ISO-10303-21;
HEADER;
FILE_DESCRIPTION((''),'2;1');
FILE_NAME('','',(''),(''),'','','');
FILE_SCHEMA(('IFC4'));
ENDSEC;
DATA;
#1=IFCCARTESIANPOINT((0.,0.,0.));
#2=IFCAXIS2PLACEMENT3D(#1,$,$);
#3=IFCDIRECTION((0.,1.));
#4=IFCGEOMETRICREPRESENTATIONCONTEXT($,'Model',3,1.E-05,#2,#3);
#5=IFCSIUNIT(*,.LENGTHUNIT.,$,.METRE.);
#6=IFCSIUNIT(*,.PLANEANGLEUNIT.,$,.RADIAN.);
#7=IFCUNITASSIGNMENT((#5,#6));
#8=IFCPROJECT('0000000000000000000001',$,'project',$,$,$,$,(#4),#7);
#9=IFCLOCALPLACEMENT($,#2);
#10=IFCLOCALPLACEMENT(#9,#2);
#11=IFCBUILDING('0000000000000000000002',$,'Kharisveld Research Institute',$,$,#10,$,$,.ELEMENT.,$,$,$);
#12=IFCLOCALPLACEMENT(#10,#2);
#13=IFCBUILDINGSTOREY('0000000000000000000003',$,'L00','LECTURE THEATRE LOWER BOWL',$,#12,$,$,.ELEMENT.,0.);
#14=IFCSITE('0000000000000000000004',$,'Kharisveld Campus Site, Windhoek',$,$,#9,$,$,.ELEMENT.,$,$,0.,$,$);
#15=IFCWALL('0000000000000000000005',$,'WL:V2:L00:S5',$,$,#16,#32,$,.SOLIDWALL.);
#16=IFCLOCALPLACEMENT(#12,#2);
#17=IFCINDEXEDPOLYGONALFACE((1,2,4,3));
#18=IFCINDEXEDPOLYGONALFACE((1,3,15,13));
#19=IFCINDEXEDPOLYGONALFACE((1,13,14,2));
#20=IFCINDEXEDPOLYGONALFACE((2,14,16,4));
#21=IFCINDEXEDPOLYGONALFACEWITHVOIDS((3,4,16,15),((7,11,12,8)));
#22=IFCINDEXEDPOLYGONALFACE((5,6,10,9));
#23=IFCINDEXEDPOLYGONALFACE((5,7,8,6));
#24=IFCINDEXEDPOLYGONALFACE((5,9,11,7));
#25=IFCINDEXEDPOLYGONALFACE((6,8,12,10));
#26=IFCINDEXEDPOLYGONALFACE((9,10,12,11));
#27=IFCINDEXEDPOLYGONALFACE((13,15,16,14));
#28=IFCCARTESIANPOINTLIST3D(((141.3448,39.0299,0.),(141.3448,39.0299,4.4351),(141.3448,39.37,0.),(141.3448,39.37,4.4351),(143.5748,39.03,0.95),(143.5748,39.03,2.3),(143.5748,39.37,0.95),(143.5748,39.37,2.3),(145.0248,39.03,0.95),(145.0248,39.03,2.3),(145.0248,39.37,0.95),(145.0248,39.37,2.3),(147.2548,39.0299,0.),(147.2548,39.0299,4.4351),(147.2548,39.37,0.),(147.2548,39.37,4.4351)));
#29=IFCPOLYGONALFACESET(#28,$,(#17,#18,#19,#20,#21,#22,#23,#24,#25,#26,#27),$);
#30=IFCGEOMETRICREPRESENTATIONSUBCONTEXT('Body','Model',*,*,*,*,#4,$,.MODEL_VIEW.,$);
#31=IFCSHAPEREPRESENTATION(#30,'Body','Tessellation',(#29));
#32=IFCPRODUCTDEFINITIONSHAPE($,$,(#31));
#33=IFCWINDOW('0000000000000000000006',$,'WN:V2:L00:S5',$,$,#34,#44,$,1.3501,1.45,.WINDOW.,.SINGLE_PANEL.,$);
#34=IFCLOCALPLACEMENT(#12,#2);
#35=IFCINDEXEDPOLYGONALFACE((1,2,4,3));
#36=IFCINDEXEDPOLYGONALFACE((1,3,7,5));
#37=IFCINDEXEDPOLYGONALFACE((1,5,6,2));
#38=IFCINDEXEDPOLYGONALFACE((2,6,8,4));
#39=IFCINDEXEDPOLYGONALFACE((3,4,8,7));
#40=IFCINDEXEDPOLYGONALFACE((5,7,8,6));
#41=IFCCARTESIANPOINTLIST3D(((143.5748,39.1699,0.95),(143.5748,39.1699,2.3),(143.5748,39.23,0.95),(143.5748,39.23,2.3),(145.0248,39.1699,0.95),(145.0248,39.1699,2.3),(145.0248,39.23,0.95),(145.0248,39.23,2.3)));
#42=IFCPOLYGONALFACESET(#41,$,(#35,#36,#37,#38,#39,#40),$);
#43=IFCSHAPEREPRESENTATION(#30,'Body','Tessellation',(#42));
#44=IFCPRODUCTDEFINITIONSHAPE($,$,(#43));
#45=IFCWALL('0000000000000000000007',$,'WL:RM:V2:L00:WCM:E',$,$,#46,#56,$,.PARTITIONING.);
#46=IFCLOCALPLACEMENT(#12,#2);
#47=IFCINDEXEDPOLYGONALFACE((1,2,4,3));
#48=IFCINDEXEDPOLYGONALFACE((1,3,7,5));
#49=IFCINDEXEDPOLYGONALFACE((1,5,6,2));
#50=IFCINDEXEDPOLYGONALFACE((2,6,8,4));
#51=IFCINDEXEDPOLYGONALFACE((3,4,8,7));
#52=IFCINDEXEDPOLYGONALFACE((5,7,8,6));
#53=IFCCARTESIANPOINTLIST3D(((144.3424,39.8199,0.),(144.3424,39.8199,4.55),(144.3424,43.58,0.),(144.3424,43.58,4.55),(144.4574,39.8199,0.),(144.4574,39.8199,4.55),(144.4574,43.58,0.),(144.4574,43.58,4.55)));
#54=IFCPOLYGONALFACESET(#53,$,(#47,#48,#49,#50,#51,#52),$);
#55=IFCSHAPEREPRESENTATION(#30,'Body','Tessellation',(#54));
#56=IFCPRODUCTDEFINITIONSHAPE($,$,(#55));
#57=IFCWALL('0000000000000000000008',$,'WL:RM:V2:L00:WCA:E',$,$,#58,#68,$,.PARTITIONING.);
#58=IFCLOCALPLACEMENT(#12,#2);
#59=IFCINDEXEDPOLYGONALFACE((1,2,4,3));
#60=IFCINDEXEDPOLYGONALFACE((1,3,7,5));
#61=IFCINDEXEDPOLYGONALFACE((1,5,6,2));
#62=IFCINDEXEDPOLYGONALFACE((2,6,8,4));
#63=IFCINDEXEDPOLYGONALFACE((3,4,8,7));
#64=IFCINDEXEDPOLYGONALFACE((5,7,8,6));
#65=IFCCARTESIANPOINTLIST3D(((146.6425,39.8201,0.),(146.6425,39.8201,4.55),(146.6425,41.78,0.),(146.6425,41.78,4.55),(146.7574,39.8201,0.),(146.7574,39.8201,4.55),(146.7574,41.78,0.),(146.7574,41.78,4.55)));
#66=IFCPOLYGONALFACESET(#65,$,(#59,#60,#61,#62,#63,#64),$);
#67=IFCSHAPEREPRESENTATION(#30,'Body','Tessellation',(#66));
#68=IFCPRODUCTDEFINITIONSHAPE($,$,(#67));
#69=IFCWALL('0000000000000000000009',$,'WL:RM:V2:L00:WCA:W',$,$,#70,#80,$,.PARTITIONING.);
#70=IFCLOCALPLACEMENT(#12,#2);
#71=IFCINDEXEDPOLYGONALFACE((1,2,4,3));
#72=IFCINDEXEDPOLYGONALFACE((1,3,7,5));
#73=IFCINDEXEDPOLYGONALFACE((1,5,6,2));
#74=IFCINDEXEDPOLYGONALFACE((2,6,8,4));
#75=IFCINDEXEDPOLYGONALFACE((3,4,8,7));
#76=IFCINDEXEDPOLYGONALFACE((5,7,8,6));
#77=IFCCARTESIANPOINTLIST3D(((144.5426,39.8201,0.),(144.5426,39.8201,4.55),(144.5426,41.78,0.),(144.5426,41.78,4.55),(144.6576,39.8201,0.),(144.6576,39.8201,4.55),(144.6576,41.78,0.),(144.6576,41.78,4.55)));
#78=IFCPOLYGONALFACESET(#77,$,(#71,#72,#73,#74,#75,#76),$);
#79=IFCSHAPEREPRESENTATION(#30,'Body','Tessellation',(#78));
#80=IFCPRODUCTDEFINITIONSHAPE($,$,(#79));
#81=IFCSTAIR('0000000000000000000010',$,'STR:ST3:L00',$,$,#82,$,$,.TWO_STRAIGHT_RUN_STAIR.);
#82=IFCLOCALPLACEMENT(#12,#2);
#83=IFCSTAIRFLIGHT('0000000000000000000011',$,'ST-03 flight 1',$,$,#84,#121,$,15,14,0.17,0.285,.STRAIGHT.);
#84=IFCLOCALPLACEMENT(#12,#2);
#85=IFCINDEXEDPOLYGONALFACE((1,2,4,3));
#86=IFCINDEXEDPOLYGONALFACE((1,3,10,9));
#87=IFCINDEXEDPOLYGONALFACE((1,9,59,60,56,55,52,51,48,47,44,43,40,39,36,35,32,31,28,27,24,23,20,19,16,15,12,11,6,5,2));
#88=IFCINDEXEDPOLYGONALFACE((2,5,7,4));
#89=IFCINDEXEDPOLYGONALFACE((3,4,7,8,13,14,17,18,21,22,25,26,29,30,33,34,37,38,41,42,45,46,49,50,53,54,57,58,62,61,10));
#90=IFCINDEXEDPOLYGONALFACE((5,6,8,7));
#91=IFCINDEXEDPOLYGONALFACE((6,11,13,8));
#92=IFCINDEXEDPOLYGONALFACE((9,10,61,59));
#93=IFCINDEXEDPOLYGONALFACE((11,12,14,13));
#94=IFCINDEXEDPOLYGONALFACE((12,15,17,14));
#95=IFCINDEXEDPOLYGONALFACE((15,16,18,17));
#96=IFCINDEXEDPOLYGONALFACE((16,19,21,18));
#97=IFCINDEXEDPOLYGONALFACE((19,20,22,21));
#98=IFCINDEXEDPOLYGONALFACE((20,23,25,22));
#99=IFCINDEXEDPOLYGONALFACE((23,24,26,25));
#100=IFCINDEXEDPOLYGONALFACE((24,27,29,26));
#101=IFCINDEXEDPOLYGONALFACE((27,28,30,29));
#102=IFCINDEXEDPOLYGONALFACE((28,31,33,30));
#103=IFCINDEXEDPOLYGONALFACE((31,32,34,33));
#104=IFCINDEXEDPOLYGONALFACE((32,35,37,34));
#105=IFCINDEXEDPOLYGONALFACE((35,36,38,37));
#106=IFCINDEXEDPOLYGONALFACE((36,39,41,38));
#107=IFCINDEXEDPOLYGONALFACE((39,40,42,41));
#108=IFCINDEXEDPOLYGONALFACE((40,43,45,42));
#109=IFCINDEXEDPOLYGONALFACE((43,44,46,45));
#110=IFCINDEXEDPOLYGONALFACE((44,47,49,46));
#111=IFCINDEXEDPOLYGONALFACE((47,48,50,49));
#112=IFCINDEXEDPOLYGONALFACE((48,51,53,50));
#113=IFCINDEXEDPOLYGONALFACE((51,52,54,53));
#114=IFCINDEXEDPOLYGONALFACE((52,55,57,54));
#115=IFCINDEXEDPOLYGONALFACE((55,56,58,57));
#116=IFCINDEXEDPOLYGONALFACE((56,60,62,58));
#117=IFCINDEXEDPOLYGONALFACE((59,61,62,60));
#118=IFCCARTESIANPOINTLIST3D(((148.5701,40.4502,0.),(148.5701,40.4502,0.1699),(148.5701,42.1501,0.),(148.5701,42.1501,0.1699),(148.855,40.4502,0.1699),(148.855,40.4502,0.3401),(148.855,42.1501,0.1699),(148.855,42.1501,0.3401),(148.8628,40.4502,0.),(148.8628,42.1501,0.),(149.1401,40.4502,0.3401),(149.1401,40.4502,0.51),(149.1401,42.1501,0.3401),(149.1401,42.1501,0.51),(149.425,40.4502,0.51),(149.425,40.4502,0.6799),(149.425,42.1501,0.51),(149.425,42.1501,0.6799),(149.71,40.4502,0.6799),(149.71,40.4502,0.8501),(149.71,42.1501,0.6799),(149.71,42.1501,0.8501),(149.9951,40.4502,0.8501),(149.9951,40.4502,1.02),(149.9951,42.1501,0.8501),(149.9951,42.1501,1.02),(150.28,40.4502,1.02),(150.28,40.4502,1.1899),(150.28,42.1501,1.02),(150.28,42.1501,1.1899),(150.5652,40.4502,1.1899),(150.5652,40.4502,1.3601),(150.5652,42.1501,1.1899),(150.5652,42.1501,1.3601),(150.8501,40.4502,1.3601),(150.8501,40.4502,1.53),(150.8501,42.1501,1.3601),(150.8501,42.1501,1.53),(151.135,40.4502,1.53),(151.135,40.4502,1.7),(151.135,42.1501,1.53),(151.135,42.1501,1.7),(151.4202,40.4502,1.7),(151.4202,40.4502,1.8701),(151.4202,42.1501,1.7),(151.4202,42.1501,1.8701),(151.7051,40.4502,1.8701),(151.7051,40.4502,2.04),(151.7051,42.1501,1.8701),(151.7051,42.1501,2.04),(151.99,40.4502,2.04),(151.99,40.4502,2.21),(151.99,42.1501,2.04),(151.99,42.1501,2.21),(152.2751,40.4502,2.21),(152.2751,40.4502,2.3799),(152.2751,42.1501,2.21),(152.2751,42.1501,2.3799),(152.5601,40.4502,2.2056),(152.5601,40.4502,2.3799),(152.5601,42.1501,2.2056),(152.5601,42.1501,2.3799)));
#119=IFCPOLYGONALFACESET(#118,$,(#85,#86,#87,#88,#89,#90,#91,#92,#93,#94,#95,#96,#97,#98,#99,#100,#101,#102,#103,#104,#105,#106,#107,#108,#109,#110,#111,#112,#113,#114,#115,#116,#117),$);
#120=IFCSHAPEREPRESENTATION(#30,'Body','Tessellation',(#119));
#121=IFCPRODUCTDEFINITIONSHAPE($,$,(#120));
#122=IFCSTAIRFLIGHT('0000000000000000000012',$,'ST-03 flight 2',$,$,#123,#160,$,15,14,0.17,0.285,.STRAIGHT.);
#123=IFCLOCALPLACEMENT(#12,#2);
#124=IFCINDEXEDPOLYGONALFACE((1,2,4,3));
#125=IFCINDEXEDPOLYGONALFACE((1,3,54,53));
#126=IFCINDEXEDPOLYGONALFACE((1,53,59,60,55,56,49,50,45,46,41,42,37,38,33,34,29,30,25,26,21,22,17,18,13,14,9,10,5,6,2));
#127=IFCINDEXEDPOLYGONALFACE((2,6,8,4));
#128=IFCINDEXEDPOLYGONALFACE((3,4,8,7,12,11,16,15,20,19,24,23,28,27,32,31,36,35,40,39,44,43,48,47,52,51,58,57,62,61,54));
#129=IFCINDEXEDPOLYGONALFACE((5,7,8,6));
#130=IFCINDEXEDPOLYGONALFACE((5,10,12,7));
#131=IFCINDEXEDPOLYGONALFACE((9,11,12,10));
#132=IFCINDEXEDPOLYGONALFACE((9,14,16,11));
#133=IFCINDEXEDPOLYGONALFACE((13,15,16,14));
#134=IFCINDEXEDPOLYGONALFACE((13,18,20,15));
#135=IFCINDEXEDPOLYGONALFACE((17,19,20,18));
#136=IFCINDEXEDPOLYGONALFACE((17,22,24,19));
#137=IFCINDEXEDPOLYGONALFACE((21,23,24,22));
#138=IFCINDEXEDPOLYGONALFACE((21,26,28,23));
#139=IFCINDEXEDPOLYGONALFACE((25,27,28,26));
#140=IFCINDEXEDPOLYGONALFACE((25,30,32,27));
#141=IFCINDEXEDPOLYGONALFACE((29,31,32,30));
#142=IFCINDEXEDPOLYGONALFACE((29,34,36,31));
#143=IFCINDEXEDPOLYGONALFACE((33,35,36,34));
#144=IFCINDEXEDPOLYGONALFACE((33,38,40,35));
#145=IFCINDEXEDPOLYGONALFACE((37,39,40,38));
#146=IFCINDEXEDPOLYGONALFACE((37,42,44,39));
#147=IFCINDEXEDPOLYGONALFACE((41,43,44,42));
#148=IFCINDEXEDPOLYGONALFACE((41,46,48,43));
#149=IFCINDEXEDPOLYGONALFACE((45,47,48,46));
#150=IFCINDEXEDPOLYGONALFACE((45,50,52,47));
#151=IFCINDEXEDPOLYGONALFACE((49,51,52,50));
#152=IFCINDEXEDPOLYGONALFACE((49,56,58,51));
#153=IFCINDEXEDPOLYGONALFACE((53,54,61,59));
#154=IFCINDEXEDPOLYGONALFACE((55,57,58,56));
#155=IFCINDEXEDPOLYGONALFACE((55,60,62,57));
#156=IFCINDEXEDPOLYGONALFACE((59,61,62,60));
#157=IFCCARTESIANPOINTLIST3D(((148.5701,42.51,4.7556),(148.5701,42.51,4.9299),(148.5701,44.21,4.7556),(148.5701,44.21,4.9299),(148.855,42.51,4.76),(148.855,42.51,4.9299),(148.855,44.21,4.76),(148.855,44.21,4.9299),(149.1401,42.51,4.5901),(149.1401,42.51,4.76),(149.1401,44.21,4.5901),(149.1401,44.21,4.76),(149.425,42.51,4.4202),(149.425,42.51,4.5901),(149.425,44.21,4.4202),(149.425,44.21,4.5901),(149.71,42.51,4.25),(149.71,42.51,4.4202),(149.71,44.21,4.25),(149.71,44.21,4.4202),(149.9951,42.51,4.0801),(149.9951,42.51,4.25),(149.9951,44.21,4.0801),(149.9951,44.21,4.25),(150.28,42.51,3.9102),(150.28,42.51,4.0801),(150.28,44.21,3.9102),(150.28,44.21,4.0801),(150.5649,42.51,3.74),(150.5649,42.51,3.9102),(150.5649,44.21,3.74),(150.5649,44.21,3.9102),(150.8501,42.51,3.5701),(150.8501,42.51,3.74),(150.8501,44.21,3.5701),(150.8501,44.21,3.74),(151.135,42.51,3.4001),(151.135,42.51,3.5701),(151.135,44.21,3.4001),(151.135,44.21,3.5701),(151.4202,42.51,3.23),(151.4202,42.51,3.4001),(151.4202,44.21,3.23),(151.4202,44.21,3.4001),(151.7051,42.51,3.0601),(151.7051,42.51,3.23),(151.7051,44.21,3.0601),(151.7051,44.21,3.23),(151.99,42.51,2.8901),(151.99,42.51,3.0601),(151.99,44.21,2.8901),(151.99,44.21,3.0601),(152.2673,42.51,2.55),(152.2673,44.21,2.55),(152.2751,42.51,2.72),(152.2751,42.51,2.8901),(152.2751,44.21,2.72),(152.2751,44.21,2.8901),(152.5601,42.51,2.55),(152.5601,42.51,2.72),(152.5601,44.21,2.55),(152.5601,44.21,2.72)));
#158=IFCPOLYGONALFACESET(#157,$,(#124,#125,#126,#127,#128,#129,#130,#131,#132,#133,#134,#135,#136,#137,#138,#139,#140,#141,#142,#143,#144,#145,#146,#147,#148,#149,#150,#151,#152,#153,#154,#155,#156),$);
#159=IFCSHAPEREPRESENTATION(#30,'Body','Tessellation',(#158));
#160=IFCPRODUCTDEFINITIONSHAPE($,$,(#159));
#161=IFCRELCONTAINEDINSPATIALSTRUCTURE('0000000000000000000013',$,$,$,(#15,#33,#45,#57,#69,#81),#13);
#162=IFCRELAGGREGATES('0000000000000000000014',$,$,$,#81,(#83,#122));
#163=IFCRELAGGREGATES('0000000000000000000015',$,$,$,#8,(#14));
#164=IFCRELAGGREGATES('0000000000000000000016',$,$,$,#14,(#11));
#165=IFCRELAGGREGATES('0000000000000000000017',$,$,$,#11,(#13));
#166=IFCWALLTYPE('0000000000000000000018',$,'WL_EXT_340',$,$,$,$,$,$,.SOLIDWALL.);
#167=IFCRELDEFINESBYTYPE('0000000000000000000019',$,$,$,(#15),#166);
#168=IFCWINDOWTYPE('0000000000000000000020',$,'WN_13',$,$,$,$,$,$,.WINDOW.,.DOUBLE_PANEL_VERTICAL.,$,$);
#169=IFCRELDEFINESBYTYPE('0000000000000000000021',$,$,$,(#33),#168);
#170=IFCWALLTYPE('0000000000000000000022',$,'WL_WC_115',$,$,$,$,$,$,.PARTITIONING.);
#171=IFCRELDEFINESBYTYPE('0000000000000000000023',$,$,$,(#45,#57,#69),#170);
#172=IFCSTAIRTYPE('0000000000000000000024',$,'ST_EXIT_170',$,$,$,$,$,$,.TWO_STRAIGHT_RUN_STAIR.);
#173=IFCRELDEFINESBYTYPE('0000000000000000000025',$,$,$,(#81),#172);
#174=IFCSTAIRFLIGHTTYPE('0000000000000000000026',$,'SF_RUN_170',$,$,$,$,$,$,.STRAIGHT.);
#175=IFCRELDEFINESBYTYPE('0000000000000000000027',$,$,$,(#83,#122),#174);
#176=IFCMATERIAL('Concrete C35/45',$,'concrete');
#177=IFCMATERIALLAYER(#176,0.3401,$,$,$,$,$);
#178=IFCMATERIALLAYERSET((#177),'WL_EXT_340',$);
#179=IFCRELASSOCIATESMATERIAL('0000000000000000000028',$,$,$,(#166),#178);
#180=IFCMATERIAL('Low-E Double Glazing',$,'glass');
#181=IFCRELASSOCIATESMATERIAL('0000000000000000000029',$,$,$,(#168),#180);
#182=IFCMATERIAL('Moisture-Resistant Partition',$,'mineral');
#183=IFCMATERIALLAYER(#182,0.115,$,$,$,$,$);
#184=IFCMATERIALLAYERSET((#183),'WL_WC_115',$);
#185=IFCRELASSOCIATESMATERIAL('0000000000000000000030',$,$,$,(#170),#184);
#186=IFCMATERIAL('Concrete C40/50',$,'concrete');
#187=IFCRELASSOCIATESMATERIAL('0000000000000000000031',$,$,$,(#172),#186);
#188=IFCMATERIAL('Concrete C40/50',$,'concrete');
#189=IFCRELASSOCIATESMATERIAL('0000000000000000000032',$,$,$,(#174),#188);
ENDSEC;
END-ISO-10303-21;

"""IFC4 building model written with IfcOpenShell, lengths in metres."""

from ifc_helpers import new_model, si_unit, direction, frame, frame_2d, origin, place, context, subcontext, project, spatial, polyline, rectangle, outline, extrude, material, layer, layer_set, type_object, element, fill, aggregate, save


model = new_model("IFC4")

# Units and contexts
model_context = context("Model", 3, precision=1e-05, world=origin(), true_north=direction((0.0, 1.0)))
body_context = subcontext(model_context, "Body", "Model", "MODEL_VIEW")
ifc_project = project(units=[si_unit("LENGTHUNIT", "METRE"), si_unit("PLANEANGLEUNIT", "RADIAN")], contexts=[model_context])

# Site, building, storey
site_placement = place(None, origin())
site = spatial("IfcSite", under=ifc_project, at=site_placement, Name="Kharisveld Campus Site, Windhoek", CompositionType="ELEMENT", RefElevation=0.0)
building_placement = place(site_placement, origin())
building = spatial("IfcBuilding", under=site, at=building_placement, Name="Kharisveld Research Institute", CompositionType="ELEMENT")
storey_placement = place(building_placement, origin())
storey = spatial("IfcBuildingStorey", under=building, at=storey_placement, Name="L00", Description="LECTURE THEATRE LOWER BOWL", CompositionType="ELEMENT", Elevation=0.0)

# Shared definitions
ifc_material_1 = material(Name="Concrete C35/45", Category="concrete")
ifc_layer_1 = layer(ifc_material_1, 0.3401)
ifc_layer_set_1 = layer_set([ifc_layer_1], Name="WL_EXT_340")
wall_type_1 = type_object("IfcWallType", Name="WL_EXT_340", PredefinedType="SOLIDWALL", material=ifc_layer_set_1)

# Wall, opening, window
wall_1_placement = place(storey_placement, frame((147.2549, 39.2, 0.0), z_axis=(0.0, 0.0, 1.0), x_axis=(-1.0, 0.0, 0.0)))
wall_1 = element("IfcWall", 1, at=wall_1_placement, inside=storey, type_object=wall_type_1, Name="WL:V2:L00:S5", PredefinedType="SOLIDWALL", context=body_context, shape_type="SweptSolid", body=[
    extrude(rectangle(XDim=5.9099, YDim=0.3401, at=frame_2d((2.9551, 0.0))), origin(), (0.0, 0.0, 1.0), 4.4351),
])
opening_1_placement = place(wall_1_placement, frame((2.23, 0.0, 0.95)))
opening_1 = element("IfcOpeningElement", 2, at=opening_1_placement, cuts=wall_1, PredefinedType="OPENING", context=body_context, shape_type="SweptSolid", body=[
    extrude(rectangle(XDim=1.45, YDim=1.3501, at=frame_2d((0.7251, 0.675))), frame((0.0, 0.1699, 0.0), z_axis=(0.0, -1.0, 0.0), x_axis=(1.0, 0.0, 0.0)), (0.0, 0.0, 1.0), 0.3401),
])
ifc_material_2 = material(Name="Low-E Double Glazing", Category="glass")
window_type_1 = type_object("IfcWindowType", Name="WN_13", PartitioningType="DOUBLE_PANEL_VERTICAL", PredefinedType="WINDOW", material=ifc_material_2)
window_1_placement = place(opening_1_placement, origin())
window_1 = element("IfcWindow", 3, at=window_1_placement, inside=storey, type_object=window_type_1, Name="WN:V2:L00:S5", OverallHeight=1.3501, OverallWidth=1.45, PartitioningType="SINGLE_PANEL", PredefinedType="WINDOW", context=body_context, shape_type="SweptSolid", body=[
    extrude(rectangle(XDim=1.45, YDim=1.3501, at=frame_2d((0.7251, 0.675))), frame((0.0, 0.03, 0.0), z_axis=(0.0, -1.0, 0.0), x_axis=(1.0, 0.0, 0.0)), (0.0, 0.0, 1.0), 0.0601),
])
fill(opening_1, window_1)

# Wall
ifc_material_3 = material(Name="Moisture-Resistant Partition", Category="mineral")
ifc_layer_2 = layer(ifc_material_3, 0.115)
ifc_layer_set_2 = layer_set([ifc_layer_2], Name="WL_WC_115")
wall_type_2 = type_object("IfcWallType", Name="WL_WC_115", PredefinedType="PARTITIONING", material=ifc_layer_set_2)
wall_2_placement = place(storey_placement, frame((144.3999, 39.8201, 0.0), z_axis=(0.0, 0.0, 1.0), x_axis=(0.0, 1.0, 0.0)))
element("IfcWall", 4, at=wall_2_placement, inside=storey, type_object=wall_type_2, Name="WL:RM:V2:L00:WCM:E", PredefinedType="PARTITIONING", context=body_context, shape_type="SweptSolid", body=[
    extrude(rectangle(XDim=3.76, YDim=0.115, at=frame_2d((1.8799, 0.0))), origin(), (0.0, 0.0, 1.0), 4.55),
])

# Wall
wall_3_placement = place(storey_placement, frame((146.7, 39.8201, 0.0), z_axis=(0.0, 0.0, 1.0), x_axis=(0.0, 1.0, 0.0)))
element("IfcWall", 5, at=wall_3_placement, inside=storey, type_object=wall_type_2, Name="WL:RM:V2:L00:WCA:E", PredefinedType="PARTITIONING", context=body_context, shape_type="SweptSolid", body=[
    extrude(rectangle(XDim=1.96, YDim=0.115, at=frame_2d((0.98, 0.0))), origin(), (0.0, 0.0, 1.0), 4.55),
])

# Wall
wall_4_placement = place(storey_placement, frame((144.6001, 41.78, 0.0), z_axis=(0.0, 0.0, 1.0), x_axis=(0.0, -1.0, 0.0)))
element("IfcWall", 6, at=wall_4_placement, inside=storey, type_object=wall_type_2, Name="WL:RM:V2:L00:WCA:W", PredefinedType="PARTITIONING", context=body_context, shape_type="SweptSolid", body=[
    extrude(rectangle(XDim=1.96, YDim=0.115, at=frame_2d((0.98, 0.0))), origin(), (0.0, 0.0, 1.0), 4.55),
])

# Stair, stair flights
ifc_material_4 = material(Name="Concrete C40/50", Category="concrete")
stair_type = type_object("IfcStairType", Name="ST_EXIT_170", PredefinedType="TWO_STRAIGHT_RUN_STAIR", material=ifc_material_4)
stair_placement = place(storey_placement, origin())
stair = element("IfcStair", 7, at=stair_placement, inside=storey, type_object=stair_type, Name="STR:ST3:L00", PredefinedType="TWO_STRAIGHT_RUN_STAIR")
ifc_material_5 = material(Name="Concrete C40/50", Category="concrete")
stair_flight_type = type_object("IfcStairFlightType", Name="SF_RUN_170", PredefinedType="STRAIGHT", material=ifc_material_5)
stair_flight_1_placement = place(storey_placement, frame((148.5701, 41.3, 0.0), z_axis=(0.0, 0.0, 1.0), x_axis=(1.0, 0.0, 0.0)))
stair_flight_1 = element("IfcStairFlight", 8, at=stair_flight_1_placement, type_object=stair_flight_type, Name="ST-03 flight 1", NumberOfRisers=15, NumberOfTreads=14, PredefinedType="STRAIGHT", RiserHeight=0.17, TreadLength=0.285, context=body_context, shape_type="SweptSolid", body=[
    extrude(outline(polyline([(0.0, 0.0), (0.0, 0.1699), (0.2849, 0.1699), (0.2849, 0.3401), (0.5701, 0.3401), (0.5701, 0.51), (0.855, 0.51), (0.855, 0.6799), (1.1399, 0.6799), (1.1399, 0.8501), (1.425, 0.8501), (1.425, 1.02), (1.71, 1.02), (1.71, 1.1899), (1.9951, 1.1899), (1.9951, 1.3601), (2.28, 1.3601), (2.28, 1.53), (2.5649, 1.53), (2.5649, 1.7), (2.8501, 1.7), (2.8501, 1.8701), (3.135, 1.8701), (3.135, 2.04), (3.4199, 2.04), (3.4199, 2.21), (3.7051, 2.21), (3.7051, 2.3799), (3.99, 2.3799), (3.99, 2.55), (3.99, 2.2056), (0.2927, 0.0), (0.0, 0.0)])), frame((0.0, 0.8501, 0.0), z_axis=(0.0, -1.0, 0.0), x_axis=(1.0, 0.0, 0.0)), (0.0, 0.0, 1.0), 1.7),
])
stair_flight_2_placement = place(storey_placement, frame((152.5601, 43.3601, 2.55), z_axis=(0.0, 0.0, 1.0), x_axis=(-1.0, 0.0, 0.0)))
stair_flight_2 = element("IfcStairFlight", 9, at=stair_flight_2_placement, type_object=stair_flight_type, Name="ST-03 flight 2", NumberOfRisers=15, NumberOfTreads=14, PredefinedType="STRAIGHT", RiserHeight=0.17, TreadLength=0.285, context=body_context, shape_type="SweptSolid", body=[
    extrude(outline(polyline([(0.0, 0.0), (0.0, 0.1699), (0.2849, 0.1699), (0.2849, 0.3401), (0.5701, 0.3401), (0.5701, 0.51), (0.855, 0.51), (0.855, 0.6799), (1.1399, 0.6799), (1.1399, 0.8501), (1.425, 0.8501), (1.425, 1.02), (1.71, 1.02), (1.71, 1.1899), (1.9951, 1.1899), (1.9951, 1.3601), (2.28, 1.3601), (2.28, 1.53), (2.5649, 1.53), (2.5649, 1.7), (2.8501, 1.7), (2.8501, 1.8701), (3.135, 1.8701), (3.135, 2.04), (3.4199, 2.04), (3.4199, 2.21), (3.7051, 2.21), (3.7051, 2.3799), (3.99, 2.3799), (3.99, 2.55), (3.99, 2.2056), (0.2927, 0.0), (0.0, 0.0)])), frame((0.0, 0.8501, 0.0), z_axis=(0.0, -1.0, 0.0), x_axis=(1.0, 0.0, 0.0)), (0.0, 0.0, 1.0), 1.7),
])
aggregate(stair, [stair_flight_1, stair_flight_2])

save(model, "model.ifc")
